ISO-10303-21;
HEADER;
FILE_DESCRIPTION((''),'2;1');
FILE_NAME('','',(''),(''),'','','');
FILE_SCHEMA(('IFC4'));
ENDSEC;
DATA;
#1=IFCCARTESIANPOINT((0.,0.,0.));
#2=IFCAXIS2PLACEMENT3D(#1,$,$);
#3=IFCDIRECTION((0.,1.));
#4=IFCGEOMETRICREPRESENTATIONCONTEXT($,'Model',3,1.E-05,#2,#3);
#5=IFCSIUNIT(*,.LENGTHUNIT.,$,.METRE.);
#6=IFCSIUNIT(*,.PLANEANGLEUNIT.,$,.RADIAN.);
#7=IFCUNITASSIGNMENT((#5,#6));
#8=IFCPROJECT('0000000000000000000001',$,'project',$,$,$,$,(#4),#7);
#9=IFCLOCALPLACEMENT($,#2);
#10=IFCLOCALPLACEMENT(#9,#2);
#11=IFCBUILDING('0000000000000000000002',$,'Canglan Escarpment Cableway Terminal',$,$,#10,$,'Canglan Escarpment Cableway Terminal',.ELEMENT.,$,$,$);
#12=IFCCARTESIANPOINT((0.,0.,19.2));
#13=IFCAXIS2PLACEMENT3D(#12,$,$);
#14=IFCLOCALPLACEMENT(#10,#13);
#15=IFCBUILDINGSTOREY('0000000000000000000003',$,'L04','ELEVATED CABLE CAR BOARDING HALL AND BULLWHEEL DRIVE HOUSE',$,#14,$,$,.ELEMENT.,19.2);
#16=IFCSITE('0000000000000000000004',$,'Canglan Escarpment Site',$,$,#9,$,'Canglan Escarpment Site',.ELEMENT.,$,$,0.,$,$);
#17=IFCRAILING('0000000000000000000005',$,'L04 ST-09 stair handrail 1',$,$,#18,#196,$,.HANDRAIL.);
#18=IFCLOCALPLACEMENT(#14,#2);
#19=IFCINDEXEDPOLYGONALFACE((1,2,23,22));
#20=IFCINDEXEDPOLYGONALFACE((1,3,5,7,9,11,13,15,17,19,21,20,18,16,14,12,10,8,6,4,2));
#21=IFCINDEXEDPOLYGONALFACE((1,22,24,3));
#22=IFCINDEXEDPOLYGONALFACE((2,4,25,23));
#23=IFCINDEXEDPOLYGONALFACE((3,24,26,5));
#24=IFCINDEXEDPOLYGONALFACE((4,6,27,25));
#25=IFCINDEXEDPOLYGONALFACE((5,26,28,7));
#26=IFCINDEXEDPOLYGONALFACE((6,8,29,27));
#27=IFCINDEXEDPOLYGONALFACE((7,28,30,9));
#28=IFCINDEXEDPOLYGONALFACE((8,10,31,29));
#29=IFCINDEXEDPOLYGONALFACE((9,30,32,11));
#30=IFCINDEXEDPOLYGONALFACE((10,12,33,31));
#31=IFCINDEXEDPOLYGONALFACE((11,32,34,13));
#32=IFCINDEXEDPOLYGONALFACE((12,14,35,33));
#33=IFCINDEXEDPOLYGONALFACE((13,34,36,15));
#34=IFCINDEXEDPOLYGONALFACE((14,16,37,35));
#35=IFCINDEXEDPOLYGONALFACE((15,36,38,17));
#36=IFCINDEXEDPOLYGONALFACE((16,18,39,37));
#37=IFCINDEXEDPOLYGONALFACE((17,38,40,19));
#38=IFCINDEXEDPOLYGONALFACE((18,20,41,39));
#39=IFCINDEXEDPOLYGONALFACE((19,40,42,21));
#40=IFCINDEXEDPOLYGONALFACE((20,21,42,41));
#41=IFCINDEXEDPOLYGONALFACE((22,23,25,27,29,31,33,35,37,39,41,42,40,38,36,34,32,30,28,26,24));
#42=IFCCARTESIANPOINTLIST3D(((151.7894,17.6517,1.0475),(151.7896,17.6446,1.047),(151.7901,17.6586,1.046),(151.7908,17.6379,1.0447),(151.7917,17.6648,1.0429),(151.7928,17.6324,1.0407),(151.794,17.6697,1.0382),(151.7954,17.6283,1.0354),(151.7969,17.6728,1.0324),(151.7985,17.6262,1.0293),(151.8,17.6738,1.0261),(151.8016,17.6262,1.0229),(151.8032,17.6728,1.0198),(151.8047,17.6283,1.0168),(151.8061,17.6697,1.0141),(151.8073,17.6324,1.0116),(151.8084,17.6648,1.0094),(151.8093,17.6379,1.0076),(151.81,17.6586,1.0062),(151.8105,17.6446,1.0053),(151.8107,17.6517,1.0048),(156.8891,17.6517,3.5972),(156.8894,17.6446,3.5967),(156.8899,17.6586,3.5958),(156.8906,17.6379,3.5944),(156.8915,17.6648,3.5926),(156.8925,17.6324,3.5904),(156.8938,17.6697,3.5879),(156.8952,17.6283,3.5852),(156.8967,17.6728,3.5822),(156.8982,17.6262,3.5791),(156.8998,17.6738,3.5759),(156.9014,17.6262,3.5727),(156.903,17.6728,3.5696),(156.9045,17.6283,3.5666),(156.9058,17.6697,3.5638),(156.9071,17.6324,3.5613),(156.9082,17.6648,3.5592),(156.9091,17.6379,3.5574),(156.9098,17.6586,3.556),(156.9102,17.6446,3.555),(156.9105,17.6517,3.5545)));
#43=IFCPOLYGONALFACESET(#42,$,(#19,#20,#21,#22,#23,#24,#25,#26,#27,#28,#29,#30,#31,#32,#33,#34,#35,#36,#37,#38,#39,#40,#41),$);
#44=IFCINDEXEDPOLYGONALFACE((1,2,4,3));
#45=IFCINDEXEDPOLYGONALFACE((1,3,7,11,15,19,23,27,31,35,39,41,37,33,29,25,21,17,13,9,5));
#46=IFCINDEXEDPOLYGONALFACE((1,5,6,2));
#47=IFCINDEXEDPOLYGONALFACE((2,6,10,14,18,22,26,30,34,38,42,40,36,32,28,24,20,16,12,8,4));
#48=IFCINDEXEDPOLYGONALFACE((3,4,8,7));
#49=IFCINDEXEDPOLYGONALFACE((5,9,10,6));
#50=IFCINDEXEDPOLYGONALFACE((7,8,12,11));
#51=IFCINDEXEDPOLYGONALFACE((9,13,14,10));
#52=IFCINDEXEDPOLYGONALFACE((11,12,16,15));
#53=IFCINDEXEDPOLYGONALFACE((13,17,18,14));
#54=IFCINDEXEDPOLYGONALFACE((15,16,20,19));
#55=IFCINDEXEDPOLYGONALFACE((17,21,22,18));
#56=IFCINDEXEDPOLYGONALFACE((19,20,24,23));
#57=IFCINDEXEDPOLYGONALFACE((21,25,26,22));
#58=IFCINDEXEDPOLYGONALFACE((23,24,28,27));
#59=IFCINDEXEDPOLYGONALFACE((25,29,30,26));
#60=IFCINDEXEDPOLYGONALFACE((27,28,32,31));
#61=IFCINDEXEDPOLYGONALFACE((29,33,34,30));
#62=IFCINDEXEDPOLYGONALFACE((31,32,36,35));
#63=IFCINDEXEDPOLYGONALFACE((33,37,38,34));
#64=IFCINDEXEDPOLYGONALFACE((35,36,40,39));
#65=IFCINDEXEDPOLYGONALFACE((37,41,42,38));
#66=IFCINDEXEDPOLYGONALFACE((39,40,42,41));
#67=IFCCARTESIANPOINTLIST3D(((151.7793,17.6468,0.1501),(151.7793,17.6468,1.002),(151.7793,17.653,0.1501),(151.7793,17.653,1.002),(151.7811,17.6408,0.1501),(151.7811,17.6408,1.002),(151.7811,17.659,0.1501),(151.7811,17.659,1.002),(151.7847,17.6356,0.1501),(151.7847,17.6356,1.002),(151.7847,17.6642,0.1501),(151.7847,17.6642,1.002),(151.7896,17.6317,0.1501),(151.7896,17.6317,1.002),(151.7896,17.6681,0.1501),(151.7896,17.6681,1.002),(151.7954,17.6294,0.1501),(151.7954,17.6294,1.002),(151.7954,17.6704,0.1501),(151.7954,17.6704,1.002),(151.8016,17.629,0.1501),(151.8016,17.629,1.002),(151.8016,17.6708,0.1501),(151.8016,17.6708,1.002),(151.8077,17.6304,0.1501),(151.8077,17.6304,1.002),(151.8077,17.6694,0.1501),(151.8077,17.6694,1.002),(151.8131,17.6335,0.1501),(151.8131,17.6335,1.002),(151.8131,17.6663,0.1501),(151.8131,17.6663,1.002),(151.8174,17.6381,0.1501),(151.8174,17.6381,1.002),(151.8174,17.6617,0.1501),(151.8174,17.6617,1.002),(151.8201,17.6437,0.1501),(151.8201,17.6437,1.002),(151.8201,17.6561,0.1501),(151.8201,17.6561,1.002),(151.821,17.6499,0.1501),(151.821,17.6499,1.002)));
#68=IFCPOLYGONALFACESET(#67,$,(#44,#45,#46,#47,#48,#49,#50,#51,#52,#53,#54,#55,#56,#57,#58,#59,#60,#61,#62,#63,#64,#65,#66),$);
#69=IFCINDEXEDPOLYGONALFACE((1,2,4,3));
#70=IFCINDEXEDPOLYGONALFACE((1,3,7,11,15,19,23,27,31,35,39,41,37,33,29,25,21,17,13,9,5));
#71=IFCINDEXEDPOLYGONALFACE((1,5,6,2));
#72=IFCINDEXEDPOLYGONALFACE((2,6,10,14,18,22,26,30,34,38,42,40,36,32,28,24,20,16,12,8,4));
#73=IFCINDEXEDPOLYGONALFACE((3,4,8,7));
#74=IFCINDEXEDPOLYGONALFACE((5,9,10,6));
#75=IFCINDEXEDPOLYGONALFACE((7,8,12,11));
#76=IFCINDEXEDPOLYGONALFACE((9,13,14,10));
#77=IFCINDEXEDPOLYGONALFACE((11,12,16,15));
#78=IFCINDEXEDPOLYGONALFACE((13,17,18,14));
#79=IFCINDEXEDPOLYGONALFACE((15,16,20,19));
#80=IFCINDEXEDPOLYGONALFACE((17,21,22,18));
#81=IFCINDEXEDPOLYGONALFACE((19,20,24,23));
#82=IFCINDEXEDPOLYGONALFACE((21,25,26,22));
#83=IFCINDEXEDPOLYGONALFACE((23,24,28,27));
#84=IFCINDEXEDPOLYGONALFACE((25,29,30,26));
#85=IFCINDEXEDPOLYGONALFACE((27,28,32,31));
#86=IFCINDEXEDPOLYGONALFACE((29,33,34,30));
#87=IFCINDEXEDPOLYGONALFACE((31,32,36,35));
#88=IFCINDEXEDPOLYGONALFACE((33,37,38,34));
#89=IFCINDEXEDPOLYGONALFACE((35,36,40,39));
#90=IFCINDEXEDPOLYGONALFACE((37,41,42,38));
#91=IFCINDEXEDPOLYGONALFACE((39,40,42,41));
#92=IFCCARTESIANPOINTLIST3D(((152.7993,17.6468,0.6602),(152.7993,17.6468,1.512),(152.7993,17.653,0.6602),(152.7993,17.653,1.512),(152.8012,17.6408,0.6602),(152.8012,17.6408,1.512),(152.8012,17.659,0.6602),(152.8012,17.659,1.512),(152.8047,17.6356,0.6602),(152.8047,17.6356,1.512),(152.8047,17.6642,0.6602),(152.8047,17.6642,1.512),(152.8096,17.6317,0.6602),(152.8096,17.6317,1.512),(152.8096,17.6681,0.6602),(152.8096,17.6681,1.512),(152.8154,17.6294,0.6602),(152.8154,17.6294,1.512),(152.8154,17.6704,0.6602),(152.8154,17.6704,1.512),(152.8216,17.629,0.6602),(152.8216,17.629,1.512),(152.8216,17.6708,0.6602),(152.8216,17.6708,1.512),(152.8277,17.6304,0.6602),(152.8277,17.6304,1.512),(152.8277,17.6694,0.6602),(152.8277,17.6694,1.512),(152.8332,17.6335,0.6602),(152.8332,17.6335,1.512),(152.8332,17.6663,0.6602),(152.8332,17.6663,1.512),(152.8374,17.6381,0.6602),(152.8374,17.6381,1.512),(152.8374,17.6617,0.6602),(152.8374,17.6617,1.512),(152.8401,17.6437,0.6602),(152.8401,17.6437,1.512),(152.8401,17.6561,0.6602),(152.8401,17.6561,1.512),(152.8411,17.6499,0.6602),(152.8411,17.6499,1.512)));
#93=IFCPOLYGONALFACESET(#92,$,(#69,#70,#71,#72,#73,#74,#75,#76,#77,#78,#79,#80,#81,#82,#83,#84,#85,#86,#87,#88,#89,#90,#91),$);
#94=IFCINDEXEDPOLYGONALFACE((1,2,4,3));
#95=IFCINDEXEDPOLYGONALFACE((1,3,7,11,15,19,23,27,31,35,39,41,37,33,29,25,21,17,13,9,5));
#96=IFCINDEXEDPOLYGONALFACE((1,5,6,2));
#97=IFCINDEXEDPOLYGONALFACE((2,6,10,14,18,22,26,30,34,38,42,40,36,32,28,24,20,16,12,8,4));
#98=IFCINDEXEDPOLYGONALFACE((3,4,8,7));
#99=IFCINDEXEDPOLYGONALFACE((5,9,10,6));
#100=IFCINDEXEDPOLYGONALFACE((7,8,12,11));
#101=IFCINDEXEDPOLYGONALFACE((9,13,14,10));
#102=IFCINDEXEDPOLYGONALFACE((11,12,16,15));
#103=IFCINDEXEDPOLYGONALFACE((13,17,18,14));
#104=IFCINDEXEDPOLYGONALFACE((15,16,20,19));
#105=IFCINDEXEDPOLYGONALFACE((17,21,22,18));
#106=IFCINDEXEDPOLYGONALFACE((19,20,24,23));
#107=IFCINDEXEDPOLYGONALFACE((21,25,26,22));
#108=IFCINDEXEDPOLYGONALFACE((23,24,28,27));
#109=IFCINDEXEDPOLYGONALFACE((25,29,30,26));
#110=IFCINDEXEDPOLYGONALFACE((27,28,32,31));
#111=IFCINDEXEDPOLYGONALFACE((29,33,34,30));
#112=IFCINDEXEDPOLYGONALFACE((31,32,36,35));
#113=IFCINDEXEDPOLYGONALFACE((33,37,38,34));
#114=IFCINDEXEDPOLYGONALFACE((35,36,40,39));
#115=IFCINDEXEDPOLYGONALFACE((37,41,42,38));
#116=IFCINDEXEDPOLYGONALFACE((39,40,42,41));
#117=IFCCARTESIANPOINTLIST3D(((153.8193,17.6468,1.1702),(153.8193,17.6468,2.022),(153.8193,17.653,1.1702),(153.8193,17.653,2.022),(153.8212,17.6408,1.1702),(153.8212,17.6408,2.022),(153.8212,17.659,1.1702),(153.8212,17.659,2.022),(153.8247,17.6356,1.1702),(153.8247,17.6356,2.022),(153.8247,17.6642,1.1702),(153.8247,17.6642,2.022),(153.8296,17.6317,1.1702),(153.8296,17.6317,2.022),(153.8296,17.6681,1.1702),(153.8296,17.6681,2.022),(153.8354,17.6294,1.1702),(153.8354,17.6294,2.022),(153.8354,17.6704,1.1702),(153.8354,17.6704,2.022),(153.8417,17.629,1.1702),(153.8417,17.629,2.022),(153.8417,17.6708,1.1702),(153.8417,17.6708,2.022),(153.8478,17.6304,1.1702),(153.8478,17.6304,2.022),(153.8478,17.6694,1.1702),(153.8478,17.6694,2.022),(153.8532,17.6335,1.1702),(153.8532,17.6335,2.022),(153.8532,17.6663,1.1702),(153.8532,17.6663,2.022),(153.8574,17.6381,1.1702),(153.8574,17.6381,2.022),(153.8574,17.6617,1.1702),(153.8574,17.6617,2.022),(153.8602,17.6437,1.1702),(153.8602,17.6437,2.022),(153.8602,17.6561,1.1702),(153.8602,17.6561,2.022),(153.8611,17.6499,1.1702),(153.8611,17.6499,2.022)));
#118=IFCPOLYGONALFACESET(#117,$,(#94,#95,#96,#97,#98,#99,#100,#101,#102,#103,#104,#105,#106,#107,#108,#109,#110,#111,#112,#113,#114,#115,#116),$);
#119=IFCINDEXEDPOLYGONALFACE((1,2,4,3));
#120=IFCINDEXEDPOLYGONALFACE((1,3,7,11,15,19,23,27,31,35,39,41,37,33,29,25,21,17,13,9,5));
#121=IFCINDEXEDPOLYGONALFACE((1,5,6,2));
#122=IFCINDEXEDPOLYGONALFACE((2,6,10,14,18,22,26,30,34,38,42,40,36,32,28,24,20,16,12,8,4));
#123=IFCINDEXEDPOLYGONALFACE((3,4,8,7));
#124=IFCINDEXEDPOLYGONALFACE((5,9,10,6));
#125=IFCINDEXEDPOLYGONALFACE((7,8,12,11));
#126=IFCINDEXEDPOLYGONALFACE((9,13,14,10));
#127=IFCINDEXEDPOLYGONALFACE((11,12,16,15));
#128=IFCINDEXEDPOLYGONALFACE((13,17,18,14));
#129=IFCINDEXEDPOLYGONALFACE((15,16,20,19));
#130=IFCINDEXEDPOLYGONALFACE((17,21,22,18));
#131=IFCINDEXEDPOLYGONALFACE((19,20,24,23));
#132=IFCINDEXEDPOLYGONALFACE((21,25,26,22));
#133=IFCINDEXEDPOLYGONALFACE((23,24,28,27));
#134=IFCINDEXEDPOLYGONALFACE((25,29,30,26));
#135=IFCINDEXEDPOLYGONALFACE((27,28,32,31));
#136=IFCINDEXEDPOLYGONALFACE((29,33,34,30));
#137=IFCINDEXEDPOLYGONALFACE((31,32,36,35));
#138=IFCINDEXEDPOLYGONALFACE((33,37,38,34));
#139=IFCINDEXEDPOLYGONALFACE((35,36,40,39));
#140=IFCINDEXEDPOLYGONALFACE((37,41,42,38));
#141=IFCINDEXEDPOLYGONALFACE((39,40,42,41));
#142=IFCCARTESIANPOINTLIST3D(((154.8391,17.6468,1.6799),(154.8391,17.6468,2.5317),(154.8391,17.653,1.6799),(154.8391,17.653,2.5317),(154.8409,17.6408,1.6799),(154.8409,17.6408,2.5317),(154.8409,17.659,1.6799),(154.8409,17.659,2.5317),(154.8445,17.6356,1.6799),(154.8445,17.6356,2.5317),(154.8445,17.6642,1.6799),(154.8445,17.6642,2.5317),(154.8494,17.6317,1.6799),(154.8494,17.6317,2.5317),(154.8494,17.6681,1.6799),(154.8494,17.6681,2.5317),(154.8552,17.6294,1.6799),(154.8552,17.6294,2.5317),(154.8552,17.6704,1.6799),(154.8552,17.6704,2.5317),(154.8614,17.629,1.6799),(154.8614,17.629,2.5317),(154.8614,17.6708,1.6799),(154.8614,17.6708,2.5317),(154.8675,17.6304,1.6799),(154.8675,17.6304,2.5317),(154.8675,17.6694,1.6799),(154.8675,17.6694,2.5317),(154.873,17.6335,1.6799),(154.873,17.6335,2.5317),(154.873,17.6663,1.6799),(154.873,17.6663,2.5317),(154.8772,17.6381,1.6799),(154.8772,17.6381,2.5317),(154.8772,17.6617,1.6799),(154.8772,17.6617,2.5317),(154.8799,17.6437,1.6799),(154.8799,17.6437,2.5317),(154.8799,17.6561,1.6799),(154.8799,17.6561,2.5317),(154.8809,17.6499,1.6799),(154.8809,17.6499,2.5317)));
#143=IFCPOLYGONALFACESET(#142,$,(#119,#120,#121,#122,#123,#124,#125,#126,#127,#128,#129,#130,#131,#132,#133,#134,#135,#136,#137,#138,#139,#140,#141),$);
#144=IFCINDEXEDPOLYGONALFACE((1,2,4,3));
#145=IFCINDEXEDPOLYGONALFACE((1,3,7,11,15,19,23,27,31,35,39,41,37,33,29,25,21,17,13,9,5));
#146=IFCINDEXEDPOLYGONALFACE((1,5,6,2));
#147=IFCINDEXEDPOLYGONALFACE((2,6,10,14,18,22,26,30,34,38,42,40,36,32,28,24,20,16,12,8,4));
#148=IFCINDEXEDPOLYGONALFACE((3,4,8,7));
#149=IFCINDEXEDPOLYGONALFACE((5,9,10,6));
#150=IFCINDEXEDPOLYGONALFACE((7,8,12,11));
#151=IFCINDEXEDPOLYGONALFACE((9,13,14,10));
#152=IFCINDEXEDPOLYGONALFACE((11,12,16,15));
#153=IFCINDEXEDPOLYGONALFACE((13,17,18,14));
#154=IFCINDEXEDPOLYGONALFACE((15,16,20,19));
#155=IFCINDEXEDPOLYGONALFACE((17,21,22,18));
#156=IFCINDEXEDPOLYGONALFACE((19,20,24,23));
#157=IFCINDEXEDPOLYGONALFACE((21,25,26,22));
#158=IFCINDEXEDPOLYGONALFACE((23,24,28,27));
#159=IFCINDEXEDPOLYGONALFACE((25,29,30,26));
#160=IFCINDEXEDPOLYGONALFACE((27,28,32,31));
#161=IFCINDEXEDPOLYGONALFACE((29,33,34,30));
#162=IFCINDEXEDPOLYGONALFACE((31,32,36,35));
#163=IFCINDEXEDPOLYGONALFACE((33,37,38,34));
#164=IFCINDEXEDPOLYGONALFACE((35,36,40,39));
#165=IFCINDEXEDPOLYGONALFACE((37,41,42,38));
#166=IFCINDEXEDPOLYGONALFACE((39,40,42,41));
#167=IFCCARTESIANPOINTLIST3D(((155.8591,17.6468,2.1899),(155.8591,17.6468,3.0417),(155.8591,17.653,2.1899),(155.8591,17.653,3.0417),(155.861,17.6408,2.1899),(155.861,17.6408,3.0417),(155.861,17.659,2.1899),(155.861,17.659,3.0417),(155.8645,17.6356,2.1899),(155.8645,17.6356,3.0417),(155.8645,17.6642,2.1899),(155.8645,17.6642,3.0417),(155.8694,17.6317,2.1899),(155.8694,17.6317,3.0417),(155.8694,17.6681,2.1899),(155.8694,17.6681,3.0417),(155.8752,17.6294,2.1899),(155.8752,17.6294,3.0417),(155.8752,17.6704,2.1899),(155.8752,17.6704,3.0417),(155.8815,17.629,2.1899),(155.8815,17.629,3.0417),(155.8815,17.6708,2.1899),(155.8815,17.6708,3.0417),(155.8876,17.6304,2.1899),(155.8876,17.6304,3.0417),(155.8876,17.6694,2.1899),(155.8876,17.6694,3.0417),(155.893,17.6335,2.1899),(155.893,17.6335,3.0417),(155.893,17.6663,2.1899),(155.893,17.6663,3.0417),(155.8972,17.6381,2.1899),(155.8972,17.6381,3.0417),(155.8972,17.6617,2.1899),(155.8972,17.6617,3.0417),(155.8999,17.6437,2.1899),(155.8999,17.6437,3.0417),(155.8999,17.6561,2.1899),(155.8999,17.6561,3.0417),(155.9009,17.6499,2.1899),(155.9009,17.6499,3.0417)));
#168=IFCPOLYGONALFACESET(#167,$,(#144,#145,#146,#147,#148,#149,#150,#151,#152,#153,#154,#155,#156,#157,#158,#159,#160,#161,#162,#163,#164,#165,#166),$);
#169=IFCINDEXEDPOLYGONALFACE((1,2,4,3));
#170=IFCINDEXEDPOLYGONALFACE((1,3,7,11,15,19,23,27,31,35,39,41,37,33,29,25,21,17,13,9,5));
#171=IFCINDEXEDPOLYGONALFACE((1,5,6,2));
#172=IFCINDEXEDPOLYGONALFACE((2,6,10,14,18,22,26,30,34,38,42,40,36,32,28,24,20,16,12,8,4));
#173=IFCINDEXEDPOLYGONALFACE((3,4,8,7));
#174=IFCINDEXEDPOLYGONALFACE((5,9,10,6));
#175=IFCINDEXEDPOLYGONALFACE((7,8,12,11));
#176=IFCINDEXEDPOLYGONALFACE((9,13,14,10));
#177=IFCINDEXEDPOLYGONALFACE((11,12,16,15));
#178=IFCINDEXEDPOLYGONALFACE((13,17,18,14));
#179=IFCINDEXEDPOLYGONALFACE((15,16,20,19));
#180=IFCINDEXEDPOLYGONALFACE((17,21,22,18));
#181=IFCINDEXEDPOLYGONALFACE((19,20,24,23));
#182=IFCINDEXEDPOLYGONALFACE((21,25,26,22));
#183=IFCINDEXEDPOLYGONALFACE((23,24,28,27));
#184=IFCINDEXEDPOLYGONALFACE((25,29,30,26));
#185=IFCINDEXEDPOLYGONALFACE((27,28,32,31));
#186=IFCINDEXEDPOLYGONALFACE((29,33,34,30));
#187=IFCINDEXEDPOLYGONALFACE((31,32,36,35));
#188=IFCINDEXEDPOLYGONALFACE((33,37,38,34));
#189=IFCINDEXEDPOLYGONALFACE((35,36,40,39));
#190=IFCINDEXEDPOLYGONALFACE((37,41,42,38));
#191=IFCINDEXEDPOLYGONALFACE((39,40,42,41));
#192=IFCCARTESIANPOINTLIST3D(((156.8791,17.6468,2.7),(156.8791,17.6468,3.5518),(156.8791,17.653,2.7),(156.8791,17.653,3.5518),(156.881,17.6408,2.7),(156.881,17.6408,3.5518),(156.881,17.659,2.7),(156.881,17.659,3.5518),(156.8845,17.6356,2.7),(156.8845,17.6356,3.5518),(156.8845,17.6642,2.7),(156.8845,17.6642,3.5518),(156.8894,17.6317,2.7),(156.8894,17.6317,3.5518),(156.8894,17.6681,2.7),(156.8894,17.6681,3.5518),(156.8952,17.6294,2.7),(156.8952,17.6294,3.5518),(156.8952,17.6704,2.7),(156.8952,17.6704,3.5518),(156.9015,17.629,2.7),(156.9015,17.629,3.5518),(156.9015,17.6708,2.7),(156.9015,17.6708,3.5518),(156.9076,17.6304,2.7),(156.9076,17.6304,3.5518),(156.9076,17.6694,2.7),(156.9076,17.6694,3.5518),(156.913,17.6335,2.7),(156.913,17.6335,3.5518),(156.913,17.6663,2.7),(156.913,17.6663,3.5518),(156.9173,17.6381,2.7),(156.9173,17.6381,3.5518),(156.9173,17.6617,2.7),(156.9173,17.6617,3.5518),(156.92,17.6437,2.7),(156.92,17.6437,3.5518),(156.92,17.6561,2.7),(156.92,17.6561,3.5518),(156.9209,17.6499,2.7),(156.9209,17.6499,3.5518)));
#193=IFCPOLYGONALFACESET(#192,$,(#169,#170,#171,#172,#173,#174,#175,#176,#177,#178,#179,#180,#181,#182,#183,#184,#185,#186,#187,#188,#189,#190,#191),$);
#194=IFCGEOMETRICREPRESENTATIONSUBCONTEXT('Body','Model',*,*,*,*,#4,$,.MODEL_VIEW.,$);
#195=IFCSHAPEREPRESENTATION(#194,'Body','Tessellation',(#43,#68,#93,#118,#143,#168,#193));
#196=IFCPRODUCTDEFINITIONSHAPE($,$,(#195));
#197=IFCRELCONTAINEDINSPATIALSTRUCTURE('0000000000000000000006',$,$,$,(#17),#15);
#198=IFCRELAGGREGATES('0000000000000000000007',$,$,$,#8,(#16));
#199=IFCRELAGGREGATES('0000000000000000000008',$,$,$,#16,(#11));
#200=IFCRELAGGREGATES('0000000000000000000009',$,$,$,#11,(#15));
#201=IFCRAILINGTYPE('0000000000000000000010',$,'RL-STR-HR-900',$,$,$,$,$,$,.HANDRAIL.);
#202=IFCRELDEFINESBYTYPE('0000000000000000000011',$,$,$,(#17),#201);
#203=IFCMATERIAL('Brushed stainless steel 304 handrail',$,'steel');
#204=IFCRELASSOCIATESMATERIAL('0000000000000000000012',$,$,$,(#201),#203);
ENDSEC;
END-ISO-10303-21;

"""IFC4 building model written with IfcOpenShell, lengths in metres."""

from ifc_helpers import new_model, si_unit, direction, frame, origin, origin_2d, place, context, subcontext, project, spatial, circle, extrude, material, type_object, element, save


model = new_model("IFC4")

# Units and contexts
model_context = context("Model", 3, precision=1e-05, world=origin(), true_north=direction((0.0, 1.0)))
body_context = subcontext(model_context, "Body", "Model", "MODEL_VIEW")
ifc_project = project(units=[si_unit("LENGTHUNIT", "METRE"), si_unit("PLANEANGLEUNIT", "RADIAN")], contexts=[model_context])

# Site, building, storey
site_placement = place(None, origin())
site = spatial("IfcSite", under=ifc_project, at=site_placement, Name="Canglan Escarpment Site", LongName="Canglan Escarpment Site", CompositionType="ELEMENT", RefElevation=0.0)
building_placement = place(site_placement, origin())
building = spatial("IfcBuilding", under=site, at=building_placement, Name="Canglan Escarpment Cableway Terminal", LongName="Canglan Escarpment Cableway Terminal", CompositionType="ELEMENT")
storey_placement = place(building_placement, frame((0.0, 0.0, 19.2)))
storey = spatial("IfcBuildingStorey", under=building, at=storey_placement, Name="L04", Description="ELEVATED CABLE CAR BOARDING HALL AND BULLWHEEL DRIVE HOUSE", CompositionType="ELEMENT", Elevation=19.2)

# Railing
ifc_material_1 = material(Name="Brushed stainless steel 304 handrail", Category="steel")
railing_type_1 = type_object("IfcRailingType", Name="RL-STR-HR-900", PredefinedType="HANDRAIL", material=ifc_material_1)
railing_1_placement = place(storey_placement, frame((151.8, 17.6499, 0.1501)))
element("IfcRailing", 1, at=railing_1_placement, inside=storey, type_object=railing_type_1, Name="L04 ST-09 stair handrail 1", PredefinedType="HANDRAIL", context=body_context, shape_type="SweptSolid", body=[
    extrude(circle(Radius=0.0239, at=origin_2d()), frame((0.0, 0.0, 0.876), z_axis=(0.894436, 0.0, 0.447196), x_axis=(0.0, 1.0, 0.0)), (0.0, 0.0, 1.0), 5.7017),
    extrude(circle(Radius=0.021, at=origin_2d()), origin(), (0.0, 0.0, 1.0), 0.8518),
    extrude(circle(Radius=0.021, at=origin_2d()), frame((1.02, 0.0, 0.51)), (0.0, 0.0, 1.0), 0.8518),
    extrude(circle(Radius=0.021, at=origin_2d()), frame((2.04, 0.0, 1.02)), (0.0, 0.0, 1.0), 0.8518),
    extrude(circle(Radius=0.021, at=origin_2d()), frame((3.0598, 0.0, 1.5298)), (0.0, 0.0, 1.0), 0.8518),
    extrude(circle(Radius=0.021, at=origin_2d()), frame((4.0798, 0.0, 2.0398)), (0.0, 0.0, 1.0), 0.8518),
    extrude(circle(Radius=0.021, at=origin_2d()), frame((5.0999, 0.0, 2.5498)), (0.0, 0.0, 1.0), 0.8518),
])

save(model, "model.ifc")
